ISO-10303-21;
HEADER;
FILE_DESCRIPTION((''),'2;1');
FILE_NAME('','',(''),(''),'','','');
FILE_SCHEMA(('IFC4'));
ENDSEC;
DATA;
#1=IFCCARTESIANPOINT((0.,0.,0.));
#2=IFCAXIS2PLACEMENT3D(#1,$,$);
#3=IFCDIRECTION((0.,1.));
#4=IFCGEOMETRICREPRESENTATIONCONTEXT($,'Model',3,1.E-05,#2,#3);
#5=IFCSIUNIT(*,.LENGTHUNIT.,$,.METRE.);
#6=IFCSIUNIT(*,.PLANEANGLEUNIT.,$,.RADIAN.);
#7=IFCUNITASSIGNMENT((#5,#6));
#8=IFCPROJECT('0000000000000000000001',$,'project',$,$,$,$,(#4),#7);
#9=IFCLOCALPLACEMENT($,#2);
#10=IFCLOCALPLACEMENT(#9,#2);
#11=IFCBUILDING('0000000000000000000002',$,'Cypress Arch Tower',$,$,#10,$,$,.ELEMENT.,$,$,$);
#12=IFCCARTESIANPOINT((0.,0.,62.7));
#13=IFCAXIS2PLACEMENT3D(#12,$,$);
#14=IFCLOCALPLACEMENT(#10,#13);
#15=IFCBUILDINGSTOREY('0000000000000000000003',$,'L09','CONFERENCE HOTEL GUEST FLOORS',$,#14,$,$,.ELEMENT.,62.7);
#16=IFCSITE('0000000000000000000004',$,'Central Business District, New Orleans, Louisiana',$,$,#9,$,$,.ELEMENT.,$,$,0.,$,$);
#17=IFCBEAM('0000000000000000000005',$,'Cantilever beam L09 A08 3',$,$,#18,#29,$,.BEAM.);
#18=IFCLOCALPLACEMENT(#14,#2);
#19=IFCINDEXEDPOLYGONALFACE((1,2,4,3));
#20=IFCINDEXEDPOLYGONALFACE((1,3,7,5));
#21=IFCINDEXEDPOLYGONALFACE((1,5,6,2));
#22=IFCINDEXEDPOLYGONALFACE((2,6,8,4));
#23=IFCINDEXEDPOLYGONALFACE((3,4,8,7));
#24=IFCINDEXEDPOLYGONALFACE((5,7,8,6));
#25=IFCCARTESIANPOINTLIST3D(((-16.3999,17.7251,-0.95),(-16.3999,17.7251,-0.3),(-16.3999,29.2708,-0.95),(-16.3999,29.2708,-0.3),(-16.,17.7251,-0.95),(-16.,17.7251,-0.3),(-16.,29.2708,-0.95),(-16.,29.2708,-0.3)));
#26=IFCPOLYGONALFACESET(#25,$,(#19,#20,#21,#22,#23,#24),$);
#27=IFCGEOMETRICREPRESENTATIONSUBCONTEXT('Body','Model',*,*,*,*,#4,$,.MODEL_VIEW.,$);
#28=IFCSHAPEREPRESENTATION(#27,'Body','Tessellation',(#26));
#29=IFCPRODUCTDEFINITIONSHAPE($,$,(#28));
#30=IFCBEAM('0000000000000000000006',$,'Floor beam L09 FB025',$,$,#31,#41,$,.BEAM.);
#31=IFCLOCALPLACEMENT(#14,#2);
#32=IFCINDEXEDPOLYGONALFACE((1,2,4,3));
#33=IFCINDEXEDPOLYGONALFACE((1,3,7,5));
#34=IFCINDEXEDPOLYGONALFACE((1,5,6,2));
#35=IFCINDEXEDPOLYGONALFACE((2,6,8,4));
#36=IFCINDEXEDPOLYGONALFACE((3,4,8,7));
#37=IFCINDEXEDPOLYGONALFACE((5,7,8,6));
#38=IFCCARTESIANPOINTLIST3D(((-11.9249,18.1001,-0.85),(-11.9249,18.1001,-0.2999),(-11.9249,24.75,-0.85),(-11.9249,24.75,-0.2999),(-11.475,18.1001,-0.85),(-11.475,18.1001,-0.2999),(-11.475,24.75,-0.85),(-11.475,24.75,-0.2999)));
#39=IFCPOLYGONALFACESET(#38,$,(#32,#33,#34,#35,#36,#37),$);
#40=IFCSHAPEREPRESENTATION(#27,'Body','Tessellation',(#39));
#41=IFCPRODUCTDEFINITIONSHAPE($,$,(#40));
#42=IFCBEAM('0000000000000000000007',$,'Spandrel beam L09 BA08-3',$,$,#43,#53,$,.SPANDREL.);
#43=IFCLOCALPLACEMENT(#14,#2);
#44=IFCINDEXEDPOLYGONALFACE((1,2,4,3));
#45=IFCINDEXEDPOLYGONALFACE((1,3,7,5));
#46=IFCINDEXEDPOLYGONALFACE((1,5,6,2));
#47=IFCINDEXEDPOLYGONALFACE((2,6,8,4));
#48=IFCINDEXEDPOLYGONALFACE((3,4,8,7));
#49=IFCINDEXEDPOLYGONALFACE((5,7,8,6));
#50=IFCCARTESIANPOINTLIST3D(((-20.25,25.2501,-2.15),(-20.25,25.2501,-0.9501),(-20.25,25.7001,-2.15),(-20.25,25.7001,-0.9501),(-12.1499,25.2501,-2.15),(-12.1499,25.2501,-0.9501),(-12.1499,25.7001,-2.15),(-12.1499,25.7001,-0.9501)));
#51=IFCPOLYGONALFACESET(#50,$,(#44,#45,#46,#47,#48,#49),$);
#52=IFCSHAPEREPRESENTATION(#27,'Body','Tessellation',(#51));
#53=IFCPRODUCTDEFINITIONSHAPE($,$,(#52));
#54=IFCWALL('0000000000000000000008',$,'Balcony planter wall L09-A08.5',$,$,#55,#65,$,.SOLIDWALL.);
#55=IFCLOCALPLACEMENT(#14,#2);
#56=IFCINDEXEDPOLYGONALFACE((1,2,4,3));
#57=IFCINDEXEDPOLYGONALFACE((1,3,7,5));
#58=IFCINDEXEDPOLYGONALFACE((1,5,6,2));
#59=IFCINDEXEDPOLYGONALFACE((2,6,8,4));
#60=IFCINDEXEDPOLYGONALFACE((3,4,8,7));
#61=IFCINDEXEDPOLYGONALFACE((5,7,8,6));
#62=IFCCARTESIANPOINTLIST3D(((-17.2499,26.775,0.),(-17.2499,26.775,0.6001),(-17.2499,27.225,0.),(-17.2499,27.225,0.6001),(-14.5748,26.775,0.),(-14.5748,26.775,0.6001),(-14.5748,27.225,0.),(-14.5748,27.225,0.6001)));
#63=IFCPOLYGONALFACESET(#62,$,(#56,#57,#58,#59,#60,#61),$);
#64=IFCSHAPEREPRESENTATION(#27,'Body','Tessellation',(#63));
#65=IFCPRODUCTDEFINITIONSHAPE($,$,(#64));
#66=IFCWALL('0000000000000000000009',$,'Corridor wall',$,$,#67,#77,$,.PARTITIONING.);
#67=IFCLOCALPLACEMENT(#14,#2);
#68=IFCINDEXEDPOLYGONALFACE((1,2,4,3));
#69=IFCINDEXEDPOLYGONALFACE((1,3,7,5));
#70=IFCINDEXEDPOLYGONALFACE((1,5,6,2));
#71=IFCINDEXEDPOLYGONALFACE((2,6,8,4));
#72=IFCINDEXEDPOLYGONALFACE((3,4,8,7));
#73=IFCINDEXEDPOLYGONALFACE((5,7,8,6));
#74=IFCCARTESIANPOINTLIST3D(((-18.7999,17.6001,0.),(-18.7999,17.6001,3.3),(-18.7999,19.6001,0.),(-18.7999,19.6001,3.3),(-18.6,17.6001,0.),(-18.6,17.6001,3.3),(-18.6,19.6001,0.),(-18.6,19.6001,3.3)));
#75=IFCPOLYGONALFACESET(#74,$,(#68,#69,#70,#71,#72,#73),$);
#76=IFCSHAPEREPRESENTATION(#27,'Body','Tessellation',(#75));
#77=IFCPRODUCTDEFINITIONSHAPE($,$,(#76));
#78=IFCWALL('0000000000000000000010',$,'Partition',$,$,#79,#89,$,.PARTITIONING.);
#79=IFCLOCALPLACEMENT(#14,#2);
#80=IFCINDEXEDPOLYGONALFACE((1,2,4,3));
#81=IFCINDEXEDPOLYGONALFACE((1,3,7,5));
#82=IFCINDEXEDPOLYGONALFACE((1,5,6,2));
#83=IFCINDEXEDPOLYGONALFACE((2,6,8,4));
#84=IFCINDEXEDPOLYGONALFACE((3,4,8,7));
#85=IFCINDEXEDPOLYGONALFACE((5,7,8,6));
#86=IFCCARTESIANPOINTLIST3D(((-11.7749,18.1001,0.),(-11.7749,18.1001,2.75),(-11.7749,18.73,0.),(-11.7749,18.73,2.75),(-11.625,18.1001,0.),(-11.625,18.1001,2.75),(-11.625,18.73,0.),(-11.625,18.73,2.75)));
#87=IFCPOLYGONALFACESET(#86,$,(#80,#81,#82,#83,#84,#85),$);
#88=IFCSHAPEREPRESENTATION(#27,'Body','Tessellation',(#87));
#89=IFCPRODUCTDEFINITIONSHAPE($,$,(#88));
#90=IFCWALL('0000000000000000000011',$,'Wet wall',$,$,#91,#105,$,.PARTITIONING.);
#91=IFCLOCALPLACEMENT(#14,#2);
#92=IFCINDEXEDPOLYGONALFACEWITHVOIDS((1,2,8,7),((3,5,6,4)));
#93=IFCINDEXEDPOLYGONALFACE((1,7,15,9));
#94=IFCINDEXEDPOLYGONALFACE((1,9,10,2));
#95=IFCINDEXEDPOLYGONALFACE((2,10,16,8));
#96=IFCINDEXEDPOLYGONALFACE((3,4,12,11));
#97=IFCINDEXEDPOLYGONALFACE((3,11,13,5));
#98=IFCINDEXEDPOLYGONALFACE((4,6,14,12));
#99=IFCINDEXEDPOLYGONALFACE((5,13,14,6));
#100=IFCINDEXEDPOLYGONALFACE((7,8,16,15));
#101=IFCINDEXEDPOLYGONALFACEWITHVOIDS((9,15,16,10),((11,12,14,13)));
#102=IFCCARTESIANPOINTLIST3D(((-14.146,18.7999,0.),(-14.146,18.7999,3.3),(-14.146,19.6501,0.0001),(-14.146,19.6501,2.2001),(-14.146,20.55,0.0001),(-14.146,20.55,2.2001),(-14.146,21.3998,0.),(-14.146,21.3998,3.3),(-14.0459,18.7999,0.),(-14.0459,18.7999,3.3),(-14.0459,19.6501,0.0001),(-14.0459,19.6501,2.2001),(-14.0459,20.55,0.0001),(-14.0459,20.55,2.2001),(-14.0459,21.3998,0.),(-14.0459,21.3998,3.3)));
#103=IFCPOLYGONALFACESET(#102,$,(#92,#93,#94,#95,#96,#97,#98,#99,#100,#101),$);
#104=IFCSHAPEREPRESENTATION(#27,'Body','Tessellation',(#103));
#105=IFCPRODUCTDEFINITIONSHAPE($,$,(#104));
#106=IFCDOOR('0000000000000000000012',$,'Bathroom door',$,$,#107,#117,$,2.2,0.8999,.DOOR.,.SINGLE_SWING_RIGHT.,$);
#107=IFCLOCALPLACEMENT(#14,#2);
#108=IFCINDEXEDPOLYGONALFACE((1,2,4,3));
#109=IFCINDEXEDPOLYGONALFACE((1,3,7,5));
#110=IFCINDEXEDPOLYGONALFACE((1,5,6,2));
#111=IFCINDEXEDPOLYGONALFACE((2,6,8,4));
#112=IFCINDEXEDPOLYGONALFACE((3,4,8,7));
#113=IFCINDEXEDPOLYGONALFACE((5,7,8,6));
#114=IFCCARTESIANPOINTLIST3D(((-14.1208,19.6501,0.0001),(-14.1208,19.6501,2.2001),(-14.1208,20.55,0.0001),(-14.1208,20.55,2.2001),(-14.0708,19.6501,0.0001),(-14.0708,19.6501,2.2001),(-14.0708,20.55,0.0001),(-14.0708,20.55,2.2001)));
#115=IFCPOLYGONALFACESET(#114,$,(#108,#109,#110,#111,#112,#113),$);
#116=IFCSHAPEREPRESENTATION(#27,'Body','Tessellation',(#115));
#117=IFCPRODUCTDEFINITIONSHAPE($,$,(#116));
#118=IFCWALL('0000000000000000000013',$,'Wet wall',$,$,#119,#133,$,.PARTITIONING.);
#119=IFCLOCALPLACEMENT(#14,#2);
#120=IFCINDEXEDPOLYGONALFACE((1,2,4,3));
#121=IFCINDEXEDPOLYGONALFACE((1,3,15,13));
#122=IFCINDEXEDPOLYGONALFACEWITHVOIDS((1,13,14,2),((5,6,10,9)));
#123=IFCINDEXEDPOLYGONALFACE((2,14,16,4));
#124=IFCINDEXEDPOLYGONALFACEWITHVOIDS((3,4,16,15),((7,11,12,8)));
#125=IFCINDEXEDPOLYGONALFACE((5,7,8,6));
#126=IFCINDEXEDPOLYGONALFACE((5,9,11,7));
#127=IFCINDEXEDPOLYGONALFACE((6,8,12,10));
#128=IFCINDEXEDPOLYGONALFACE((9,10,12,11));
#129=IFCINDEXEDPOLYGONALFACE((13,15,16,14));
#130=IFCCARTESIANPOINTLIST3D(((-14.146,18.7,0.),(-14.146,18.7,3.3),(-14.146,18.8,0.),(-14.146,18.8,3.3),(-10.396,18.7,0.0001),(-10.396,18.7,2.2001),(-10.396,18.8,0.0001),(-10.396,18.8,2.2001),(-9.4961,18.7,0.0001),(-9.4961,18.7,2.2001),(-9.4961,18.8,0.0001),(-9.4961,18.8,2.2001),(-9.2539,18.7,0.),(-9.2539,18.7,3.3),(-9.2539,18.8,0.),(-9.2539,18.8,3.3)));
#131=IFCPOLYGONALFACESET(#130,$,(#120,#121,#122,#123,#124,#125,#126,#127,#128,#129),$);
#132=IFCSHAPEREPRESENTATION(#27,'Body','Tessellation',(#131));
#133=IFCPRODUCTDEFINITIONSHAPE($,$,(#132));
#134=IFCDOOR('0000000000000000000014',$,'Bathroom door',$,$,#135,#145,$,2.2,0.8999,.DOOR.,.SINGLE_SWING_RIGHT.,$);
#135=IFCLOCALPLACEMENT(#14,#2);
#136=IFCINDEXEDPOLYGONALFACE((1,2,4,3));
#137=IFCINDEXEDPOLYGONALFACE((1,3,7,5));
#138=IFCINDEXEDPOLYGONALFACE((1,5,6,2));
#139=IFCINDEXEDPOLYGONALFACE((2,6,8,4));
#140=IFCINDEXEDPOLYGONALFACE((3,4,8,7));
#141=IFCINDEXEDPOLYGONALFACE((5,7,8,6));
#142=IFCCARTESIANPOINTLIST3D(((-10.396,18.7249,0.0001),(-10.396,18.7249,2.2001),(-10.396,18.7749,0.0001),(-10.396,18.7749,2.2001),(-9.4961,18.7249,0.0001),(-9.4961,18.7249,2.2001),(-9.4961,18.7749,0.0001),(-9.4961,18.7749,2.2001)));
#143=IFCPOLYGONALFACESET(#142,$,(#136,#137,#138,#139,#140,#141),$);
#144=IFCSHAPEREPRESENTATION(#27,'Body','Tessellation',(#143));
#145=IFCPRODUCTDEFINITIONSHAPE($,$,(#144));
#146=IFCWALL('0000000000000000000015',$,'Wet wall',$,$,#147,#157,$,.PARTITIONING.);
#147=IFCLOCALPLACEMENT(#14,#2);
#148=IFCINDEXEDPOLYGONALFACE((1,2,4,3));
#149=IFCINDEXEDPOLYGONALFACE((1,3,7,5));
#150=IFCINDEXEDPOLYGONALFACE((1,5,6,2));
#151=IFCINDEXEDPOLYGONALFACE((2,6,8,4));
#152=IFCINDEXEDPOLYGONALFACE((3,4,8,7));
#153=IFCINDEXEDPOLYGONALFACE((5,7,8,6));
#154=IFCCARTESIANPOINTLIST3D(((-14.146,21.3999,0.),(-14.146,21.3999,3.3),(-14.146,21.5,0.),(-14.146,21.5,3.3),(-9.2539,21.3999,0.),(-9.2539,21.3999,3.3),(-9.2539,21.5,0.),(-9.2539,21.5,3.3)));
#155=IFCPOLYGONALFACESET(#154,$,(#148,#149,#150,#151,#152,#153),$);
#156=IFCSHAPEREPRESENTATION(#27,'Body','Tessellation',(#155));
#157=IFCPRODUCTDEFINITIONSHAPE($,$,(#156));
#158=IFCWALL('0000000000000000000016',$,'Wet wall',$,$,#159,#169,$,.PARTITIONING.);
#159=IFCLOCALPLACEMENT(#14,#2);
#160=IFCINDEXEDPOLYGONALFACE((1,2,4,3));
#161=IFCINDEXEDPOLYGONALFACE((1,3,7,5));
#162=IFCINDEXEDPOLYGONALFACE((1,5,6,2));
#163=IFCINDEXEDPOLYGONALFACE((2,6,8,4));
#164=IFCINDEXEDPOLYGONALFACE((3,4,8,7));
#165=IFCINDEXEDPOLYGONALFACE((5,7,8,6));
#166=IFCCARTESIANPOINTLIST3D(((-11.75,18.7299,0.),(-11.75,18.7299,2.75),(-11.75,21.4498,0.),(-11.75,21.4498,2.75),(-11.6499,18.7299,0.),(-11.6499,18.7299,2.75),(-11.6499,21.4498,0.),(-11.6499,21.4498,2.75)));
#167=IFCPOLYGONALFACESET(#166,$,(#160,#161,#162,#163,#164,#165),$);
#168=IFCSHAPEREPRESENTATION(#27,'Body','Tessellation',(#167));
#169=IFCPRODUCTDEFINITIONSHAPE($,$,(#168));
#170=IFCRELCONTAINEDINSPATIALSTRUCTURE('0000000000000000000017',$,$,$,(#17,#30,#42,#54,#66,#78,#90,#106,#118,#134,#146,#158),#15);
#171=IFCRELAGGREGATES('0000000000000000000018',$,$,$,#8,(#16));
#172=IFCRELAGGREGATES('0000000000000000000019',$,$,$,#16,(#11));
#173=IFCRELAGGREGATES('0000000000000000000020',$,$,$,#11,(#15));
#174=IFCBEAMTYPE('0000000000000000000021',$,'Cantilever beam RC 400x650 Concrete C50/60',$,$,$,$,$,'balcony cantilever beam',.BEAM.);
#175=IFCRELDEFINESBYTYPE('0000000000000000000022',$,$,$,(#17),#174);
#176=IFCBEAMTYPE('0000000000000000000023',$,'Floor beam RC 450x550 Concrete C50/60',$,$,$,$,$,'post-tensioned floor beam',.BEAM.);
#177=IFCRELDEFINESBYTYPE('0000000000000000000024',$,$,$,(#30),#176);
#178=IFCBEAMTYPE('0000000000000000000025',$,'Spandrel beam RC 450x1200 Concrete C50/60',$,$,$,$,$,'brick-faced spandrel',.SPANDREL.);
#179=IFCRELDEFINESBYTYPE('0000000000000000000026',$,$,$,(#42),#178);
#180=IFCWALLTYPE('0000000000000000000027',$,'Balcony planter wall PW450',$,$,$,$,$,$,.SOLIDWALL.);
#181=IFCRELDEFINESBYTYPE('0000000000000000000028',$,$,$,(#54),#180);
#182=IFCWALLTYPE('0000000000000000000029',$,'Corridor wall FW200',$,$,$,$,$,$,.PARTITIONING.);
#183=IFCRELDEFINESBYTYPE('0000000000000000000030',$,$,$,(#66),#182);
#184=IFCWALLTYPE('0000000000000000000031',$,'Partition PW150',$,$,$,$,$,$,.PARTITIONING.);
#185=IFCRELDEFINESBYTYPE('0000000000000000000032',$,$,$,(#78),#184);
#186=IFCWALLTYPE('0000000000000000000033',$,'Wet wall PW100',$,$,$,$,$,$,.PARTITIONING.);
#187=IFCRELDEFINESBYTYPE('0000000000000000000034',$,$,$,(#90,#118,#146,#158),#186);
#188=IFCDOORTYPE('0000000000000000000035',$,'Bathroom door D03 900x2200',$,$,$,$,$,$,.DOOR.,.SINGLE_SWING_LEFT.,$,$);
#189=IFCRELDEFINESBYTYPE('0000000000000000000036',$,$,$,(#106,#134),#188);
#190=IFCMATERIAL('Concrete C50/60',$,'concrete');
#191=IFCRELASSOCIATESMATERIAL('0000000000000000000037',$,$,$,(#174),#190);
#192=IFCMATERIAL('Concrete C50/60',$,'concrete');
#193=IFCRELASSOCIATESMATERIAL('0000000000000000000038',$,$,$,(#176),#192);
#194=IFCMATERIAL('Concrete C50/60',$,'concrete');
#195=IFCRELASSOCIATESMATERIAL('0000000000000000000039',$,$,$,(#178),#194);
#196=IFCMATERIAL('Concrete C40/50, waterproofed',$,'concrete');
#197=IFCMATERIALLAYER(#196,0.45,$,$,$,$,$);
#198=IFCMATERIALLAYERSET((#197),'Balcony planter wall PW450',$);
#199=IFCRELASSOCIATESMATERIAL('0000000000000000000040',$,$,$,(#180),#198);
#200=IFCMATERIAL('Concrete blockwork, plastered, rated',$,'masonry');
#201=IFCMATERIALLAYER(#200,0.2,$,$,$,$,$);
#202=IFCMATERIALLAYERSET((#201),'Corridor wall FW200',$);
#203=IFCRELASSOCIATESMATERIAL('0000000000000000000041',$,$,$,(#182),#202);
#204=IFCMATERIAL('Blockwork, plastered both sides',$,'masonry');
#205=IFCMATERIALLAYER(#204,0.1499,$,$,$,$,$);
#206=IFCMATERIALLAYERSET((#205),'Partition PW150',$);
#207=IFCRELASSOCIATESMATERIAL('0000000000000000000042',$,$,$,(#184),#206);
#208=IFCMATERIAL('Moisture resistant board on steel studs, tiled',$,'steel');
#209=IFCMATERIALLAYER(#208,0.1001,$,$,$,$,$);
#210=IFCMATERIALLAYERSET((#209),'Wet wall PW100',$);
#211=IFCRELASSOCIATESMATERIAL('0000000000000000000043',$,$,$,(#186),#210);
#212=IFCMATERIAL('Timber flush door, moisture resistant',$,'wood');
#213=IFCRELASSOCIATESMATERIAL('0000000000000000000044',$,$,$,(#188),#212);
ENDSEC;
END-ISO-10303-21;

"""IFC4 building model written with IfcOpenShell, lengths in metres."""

from ifc_helpers import new_model, si_unit, direction, frame, frame_2d, origin, origin_2d, place, context, subcontext, project, spatial, rectangle, extrude, material, layer, layer_set, material_profile, profile_set, type_object, element, fill, save


model = new_model("IFC4")

# Units and contexts
model_context = context("Model", 3, precision=1e-05, world=origin(), true_north=direction((0.0, 1.0)))
body_context = subcontext(model_context, "Body", "Model", "MODEL_VIEW")
ifc_project = project(units=[si_unit("LENGTHUNIT", "METRE"), si_unit("PLANEANGLEUNIT", "RADIAN")], contexts=[model_context])

# Site, building, storey
site_placement = place(None, origin())
site = spatial("IfcSite", under=ifc_project, at=site_placement, Name="Central Business District, New Orleans, Louisiana", CompositionType="ELEMENT", RefElevation=0.0)
building_placement = place(site_placement, origin())
building = spatial("IfcBuilding", under=site, at=building_placement, Name="Cypress Arch Tower", CompositionType="ELEMENT")
storey_placement = place(building_placement, frame((0.0, 0.0, 62.7)))
storey = spatial("IfcBuildingStorey", under=building, at=storey_placement, Name="L09", Description="CONFERENCE HOTEL GUEST FLOORS", CompositionType="ELEMENT", Elevation=62.7)

# Beams
ifc_material_1 = material(Name="Concrete C50/60", Category="concrete")
ifc_material_profile_1 = material_profile(ifc_material_1, rectangle(XDim=0.3999, YDim=0.6499, at=origin_2d()), Name="RC 400x650")
ifc_profile_set_1 = profile_set([ifc_material_profile_1], Name="Concrete C50/60")
beam_type_1 = type_object("IfcBeamType", Name="Cantilever beam RC 400x650 Concrete C50/60", ElementType="balcony cantilever beam", PredefinedType="BEAM", material=ifc_profile_set_1)
beam_1_placement = place(storey_placement, frame((-16.2, 17.7251, -0.625), z_axis=(0.0, 1.0, 0.0), x_axis=(-1.0, 0.0, 0.0)))
element("IfcBeam", 1, at=beam_1_placement, inside=storey, type_object=beam_type_1, Name="Cantilever beam L09 A08 3", PredefinedType="BEAM", context=body_context, shape_type="SweptSolid", body=[
    extrude(rectangle(XDim=0.3999, YDim=0.6499, at=origin_2d()), origin(), (0.0, 0.0, 1.0), 11.5457),
])
ifc_material_2 = material(Name="Concrete C50/60", Category="concrete")
ifc_material_profile_2 = material_profile(ifc_material_2, rectangle(XDim=0.45, YDim=0.55, at=origin_2d()), Name="RC 450x550")
ifc_profile_set_2 = profile_set([ifc_material_profile_2], Name="Concrete C50/60")
beam_type_2 = type_object("IfcBeamType", Name="Floor beam RC 450x550 Concrete C50/60", ElementType="post-tensioned floor beam", PredefinedType="BEAM", material=ifc_profile_set_2)
beam_2_placement = place(storey_placement, frame((-11.7, 18.1001, -0.575), z_axis=(0.0, 1.0, 0.0), x_axis=(-1.0, 0.0, 0.0)))
element("IfcBeam", 2, at=beam_2_placement, inside=storey, type_object=beam_type_2, Name="Floor beam L09 FB025", PredefinedType="BEAM", context=body_context, shape_type="SweptSolid", body=[
    extrude(rectangle(XDim=0.45, YDim=0.55, at=origin_2d()), origin(), (0.0, 0.0, 1.0), 6.6499),
])
ifc_material_3 = material(Name="Concrete C50/60", Category="concrete")
ifc_material_profile_3 = material_profile(ifc_material_3, rectangle(XDim=0.45, YDim=1.2, at=origin_2d()), Name="RC 450x1200")
ifc_profile_set_3 = profile_set([ifc_material_profile_3], Name="Concrete C50/60")
beam_type_3 = type_object("IfcBeamType", Name="Spandrel beam RC 450x1200 Concrete C50/60", ElementType="brick-faced spandrel", PredefinedType="SPANDREL", material=ifc_profile_set_3)
beam_3_placement = place(storey_placement, frame((-12.1499, 25.4751, -1.55), z_axis=(-1.0, 0.0, 0.0), x_axis=(0.0, -1.0, 0.0)))
element("IfcBeam", 3, at=beam_3_placement, inside=storey, type_object=beam_type_3, Name="Spandrel beam L09 BA08-3", PredefinedType="SPANDREL", context=body_context, shape_type="SweptSolid", body=[
    extrude(rectangle(XDim=0.45, YDim=1.2, at=origin_2d()), origin(), (0.0, 0.0, 1.0), 8.1001),
])

# Wall
ifc_material_4 = material(Name="Concrete C40/50, waterproofed", Category="concrete")
ifc_layer_1 = layer(ifc_material_4, 0.45)
ifc_layer_set_1 = layer_set([ifc_layer_1], Name="Balcony planter wall PW450")
wall_type_1 = type_object("IfcWallType", Name="Balcony planter wall PW450", PredefinedType="SOLIDWALL", material=ifc_layer_set_1)
wall_1_placement = place(storey_placement, frame((-14.575, 27.0, 0.0), z_axis=(0.0, 0.0, 1.0), x_axis=(-1.0, 0.0, 0.0)))
element("IfcWall", 4, at=wall_1_placement, inside=storey, type_object=wall_type_1, Name="Balcony planter wall L09-A08.5", PredefinedType="SOLIDWALL", context=body_context, shape_type="SweptSolid", body=[
    extrude(rectangle(XDim=2.675, YDim=0.45, at=frame_2d((1.3374, 0.0))), origin(), (0.0, 0.0, 1.0), 0.6001),
])

# Walls
ifc_material_5 = material(Name="Concrete blockwork, plastered, rated", Category="masonry")
ifc_layer_2 = layer(ifc_material_5, 0.2)
ifc_layer_set_2 = layer_set([ifc_layer_2], Name="Corridor wall FW200")
wall_type_2 = type_object("IfcWallType", Name="Corridor wall FW200", PredefinedType="PARTITIONING", material=ifc_layer_set_2)
wall_2_placement = place(storey_placement, frame((-18.7, 17.6001, 0.0), z_axis=(0.0, 0.0, 1.0), x_axis=(0.0, 1.0, 0.0)))
element("IfcWall", 5, at=wall_2_placement, inside=storey, type_object=wall_type_2, Name="Corridor wall", PredefinedType="PARTITIONING", context=body_context, shape_type="SweptSolid", body=[
    extrude(rectangle(XDim=2.0, YDim=0.2, at=frame_2d((1.0, 0.0))), origin(), (0.0, 0.0, 1.0), 3.3),
])
ifc_material_6 = material(Name="Blockwork, plastered both sides", Category="masonry")
ifc_layer_3 = layer(ifc_material_6, 0.1499)
ifc_layer_set_3 = layer_set([ifc_layer_3], Name="Partition PW150")
wall_type_3 = type_object("IfcWallType", Name="Partition PW150", PredefinedType="PARTITIONING", material=ifc_layer_set_3)
wall_3_placement = place(storey_placement, frame((-11.7, 18.1001, 0.0), z_axis=(0.0, 0.0, 1.0), x_axis=(0.0, 1.0, 0.0)))
element("IfcWall", 6, at=wall_3_placement, inside=storey, type_object=wall_type_3, Name="Partition", PredefinedType="PARTITIONING", context=body_context, shape_type="SweptSolid", body=[
    extrude(rectangle(XDim=0.6299, YDim=0.1499, at=frame_2d((0.3149, 0.0))), origin(), (0.0, 0.0, 1.0), 2.75),
])

# Walls, openings, doors
ifc_material_7 = material(Name="Moisture resistant board on steel studs, tiled", Category="steel")
ifc_layer_4 = layer(ifc_material_7, 0.1001)
ifc_layer_set_4 = layer_set([ifc_layer_4], Name="Wet wall PW100")
wall_type_4 = type_object("IfcWallType", Name="Wet wall PW100", PredefinedType="PARTITIONING", material=ifc_layer_set_4)
wall_4_placement = place(storey_placement, frame((-14.0959, 18.8, 0.0), z_axis=(0.0, 0.0, 1.0), x_axis=(0.0, 1.0, 0.0)))
wall_4 = element("IfcWall", 7, at=wall_4_placement, inside=storey, type_object=wall_type_4, Name="Wet wall", PredefinedType="PARTITIONING", context=body_context, shape_type="SweptSolid", body=[
    extrude(rectangle(XDim=2.5999, YDim=0.1001, at=frame_2d((1.2998, 0.0))), origin(), (0.0, 0.0, 1.0), 3.3),
])
opening_1_placement = place(wall_4_placement, frame((0.8501, 0.0, 0.0)))
opening_1 = element("IfcOpeningElement", 8, at=opening_1_placement, cuts=wall_4, PredefinedType="OPENING", context=body_context, shape_type="SweptSolid", body=[
    extrude(rectangle(XDim=0.8999, YDim=2.2, at=frame_2d((0.45, 1.1001))), frame((0.0, 0.0601, 0.0), z_axis=(0.0, -1.0, 0.0), x_axis=(1.0, 0.0, 0.0)), (0.0, 0.0, 1.0), 0.1201),
])
ifc_material_8 = material(Name="Timber flush door, moisture resistant", Category="wood")
door_type_1 = type_object("IfcDoorType", Name="Bathroom door D03 900x2200", OperationType="SINGLE_SWING_LEFT", PredefinedType="DOOR", material=ifc_material_8)
door_1_placement = place(opening_1_placement, origin())
door_1 = element("IfcDoor", 9, at=door_1_placement, inside=storey, type_object=door_type_1, Name="Bathroom door", OperationType="SINGLE_SWING_RIGHT", OverallHeight=2.2, OverallWidth=0.8999, PredefinedType="DOOR", context=body_context, shape_type="SweptSolid", body=[
    extrude(rectangle(XDim=0.8999, YDim=2.2, at=frame_2d((0.45, 1.1001))), frame((0.0, 0.0249, 0.0), z_axis=(0.0, -1.0, 0.0), x_axis=(1.0, 0.0, 0.0)), (0.0, 0.0, 1.0), 0.05),
])
fill(opening_1, door_1)
wall_5_placement = place(storey_placement, frame((-14.146, 18.75, 0.0), z_axis=(0.0, 0.0, 1.0), x_axis=(1.0, 0.0, 0.0)))
wall_5 = element("IfcWall", 10, at=wall_5_placement, inside=storey, type_object=wall_type_4, Name="Wet wall", PredefinedType="PARTITIONING", context=body_context, shape_type="SweptSolid", body=[
    extrude(rectangle(XDim=4.8921, YDim=0.1001, at=frame_2d((2.446, 0.0))), origin(), (0.0, 0.0, 1.0), 3.3),
])
opening_2_placement = place(wall_5_placement, frame((3.75, 0.0, 0.0)))
opening_2 = element("IfcOpeningElement", 11, at=opening_2_placement, cuts=wall_5, PredefinedType="OPENING", context=body_context, shape_type="SweptSolid", body=[
    extrude(rectangle(XDim=0.8999, YDim=2.2, at=frame_2d((0.45, 1.1001))), frame((0.0, 0.0601, 0.0), z_axis=(0.0, -1.0, 0.0), x_axis=(1.0, 0.0, 0.0)), (0.0, 0.0, 1.0), 0.1201),
])
door_2_placement = place(opening_2_placement, origin())
door_2 = element("IfcDoor", 12, at=door_2_placement, inside=storey, type_object=door_type_1, Name="Bathroom door", OperationType="SINGLE_SWING_RIGHT", OverallHeight=2.2, OverallWidth=0.8999, PredefinedType="DOOR", context=body_context, shape_type="SweptSolid", body=[
    extrude(rectangle(XDim=0.8999, YDim=2.2, at=frame_2d((0.45, 1.1001))), frame((0.0, 0.0249, 0.0), z_axis=(0.0, -1.0, 0.0), x_axis=(1.0, 0.0, 0.0)), (0.0, 0.0, 1.0), 0.05),
])
fill(opening_2, door_2)

# Walls
wall_6_placement = place(storey_placement, frame((-14.146, 21.45, 0.0), z_axis=(0.0, 0.0, 1.0), x_axis=(1.0, 0.0, 0.0)))
element("IfcWall", 13, at=wall_6_placement, inside=storey, type_object=wall_type_4, Name="Wet wall", PredefinedType="PARTITIONING", context=body_context, shape_type="SweptSolid", body=[
    extrude(rectangle(XDim=4.8921, YDim=0.1001, at=frame_2d((2.446, 0.0))), origin(), (0.0, 0.0, 1.0), 3.3),
])
wall_7_placement = place(storey_placement, frame((-11.7, 18.73, 0.0), z_axis=(0.0, 0.0, 1.0), x_axis=(0.0, 1.0, 0.0)))
element("IfcWall", 14, at=wall_7_placement, inside=storey, type_object=wall_type_4, Name="Wet wall", PredefinedType="PARTITIONING", context=body_context, shape_type="SweptSolid", body=[
    extrude(rectangle(XDim=2.72, YDim=0.1001, at=frame_2d((1.3599, 0.0))), origin(), (0.0, 0.0, 1.0), 2.75),
])

save(model, "model.ifc")
